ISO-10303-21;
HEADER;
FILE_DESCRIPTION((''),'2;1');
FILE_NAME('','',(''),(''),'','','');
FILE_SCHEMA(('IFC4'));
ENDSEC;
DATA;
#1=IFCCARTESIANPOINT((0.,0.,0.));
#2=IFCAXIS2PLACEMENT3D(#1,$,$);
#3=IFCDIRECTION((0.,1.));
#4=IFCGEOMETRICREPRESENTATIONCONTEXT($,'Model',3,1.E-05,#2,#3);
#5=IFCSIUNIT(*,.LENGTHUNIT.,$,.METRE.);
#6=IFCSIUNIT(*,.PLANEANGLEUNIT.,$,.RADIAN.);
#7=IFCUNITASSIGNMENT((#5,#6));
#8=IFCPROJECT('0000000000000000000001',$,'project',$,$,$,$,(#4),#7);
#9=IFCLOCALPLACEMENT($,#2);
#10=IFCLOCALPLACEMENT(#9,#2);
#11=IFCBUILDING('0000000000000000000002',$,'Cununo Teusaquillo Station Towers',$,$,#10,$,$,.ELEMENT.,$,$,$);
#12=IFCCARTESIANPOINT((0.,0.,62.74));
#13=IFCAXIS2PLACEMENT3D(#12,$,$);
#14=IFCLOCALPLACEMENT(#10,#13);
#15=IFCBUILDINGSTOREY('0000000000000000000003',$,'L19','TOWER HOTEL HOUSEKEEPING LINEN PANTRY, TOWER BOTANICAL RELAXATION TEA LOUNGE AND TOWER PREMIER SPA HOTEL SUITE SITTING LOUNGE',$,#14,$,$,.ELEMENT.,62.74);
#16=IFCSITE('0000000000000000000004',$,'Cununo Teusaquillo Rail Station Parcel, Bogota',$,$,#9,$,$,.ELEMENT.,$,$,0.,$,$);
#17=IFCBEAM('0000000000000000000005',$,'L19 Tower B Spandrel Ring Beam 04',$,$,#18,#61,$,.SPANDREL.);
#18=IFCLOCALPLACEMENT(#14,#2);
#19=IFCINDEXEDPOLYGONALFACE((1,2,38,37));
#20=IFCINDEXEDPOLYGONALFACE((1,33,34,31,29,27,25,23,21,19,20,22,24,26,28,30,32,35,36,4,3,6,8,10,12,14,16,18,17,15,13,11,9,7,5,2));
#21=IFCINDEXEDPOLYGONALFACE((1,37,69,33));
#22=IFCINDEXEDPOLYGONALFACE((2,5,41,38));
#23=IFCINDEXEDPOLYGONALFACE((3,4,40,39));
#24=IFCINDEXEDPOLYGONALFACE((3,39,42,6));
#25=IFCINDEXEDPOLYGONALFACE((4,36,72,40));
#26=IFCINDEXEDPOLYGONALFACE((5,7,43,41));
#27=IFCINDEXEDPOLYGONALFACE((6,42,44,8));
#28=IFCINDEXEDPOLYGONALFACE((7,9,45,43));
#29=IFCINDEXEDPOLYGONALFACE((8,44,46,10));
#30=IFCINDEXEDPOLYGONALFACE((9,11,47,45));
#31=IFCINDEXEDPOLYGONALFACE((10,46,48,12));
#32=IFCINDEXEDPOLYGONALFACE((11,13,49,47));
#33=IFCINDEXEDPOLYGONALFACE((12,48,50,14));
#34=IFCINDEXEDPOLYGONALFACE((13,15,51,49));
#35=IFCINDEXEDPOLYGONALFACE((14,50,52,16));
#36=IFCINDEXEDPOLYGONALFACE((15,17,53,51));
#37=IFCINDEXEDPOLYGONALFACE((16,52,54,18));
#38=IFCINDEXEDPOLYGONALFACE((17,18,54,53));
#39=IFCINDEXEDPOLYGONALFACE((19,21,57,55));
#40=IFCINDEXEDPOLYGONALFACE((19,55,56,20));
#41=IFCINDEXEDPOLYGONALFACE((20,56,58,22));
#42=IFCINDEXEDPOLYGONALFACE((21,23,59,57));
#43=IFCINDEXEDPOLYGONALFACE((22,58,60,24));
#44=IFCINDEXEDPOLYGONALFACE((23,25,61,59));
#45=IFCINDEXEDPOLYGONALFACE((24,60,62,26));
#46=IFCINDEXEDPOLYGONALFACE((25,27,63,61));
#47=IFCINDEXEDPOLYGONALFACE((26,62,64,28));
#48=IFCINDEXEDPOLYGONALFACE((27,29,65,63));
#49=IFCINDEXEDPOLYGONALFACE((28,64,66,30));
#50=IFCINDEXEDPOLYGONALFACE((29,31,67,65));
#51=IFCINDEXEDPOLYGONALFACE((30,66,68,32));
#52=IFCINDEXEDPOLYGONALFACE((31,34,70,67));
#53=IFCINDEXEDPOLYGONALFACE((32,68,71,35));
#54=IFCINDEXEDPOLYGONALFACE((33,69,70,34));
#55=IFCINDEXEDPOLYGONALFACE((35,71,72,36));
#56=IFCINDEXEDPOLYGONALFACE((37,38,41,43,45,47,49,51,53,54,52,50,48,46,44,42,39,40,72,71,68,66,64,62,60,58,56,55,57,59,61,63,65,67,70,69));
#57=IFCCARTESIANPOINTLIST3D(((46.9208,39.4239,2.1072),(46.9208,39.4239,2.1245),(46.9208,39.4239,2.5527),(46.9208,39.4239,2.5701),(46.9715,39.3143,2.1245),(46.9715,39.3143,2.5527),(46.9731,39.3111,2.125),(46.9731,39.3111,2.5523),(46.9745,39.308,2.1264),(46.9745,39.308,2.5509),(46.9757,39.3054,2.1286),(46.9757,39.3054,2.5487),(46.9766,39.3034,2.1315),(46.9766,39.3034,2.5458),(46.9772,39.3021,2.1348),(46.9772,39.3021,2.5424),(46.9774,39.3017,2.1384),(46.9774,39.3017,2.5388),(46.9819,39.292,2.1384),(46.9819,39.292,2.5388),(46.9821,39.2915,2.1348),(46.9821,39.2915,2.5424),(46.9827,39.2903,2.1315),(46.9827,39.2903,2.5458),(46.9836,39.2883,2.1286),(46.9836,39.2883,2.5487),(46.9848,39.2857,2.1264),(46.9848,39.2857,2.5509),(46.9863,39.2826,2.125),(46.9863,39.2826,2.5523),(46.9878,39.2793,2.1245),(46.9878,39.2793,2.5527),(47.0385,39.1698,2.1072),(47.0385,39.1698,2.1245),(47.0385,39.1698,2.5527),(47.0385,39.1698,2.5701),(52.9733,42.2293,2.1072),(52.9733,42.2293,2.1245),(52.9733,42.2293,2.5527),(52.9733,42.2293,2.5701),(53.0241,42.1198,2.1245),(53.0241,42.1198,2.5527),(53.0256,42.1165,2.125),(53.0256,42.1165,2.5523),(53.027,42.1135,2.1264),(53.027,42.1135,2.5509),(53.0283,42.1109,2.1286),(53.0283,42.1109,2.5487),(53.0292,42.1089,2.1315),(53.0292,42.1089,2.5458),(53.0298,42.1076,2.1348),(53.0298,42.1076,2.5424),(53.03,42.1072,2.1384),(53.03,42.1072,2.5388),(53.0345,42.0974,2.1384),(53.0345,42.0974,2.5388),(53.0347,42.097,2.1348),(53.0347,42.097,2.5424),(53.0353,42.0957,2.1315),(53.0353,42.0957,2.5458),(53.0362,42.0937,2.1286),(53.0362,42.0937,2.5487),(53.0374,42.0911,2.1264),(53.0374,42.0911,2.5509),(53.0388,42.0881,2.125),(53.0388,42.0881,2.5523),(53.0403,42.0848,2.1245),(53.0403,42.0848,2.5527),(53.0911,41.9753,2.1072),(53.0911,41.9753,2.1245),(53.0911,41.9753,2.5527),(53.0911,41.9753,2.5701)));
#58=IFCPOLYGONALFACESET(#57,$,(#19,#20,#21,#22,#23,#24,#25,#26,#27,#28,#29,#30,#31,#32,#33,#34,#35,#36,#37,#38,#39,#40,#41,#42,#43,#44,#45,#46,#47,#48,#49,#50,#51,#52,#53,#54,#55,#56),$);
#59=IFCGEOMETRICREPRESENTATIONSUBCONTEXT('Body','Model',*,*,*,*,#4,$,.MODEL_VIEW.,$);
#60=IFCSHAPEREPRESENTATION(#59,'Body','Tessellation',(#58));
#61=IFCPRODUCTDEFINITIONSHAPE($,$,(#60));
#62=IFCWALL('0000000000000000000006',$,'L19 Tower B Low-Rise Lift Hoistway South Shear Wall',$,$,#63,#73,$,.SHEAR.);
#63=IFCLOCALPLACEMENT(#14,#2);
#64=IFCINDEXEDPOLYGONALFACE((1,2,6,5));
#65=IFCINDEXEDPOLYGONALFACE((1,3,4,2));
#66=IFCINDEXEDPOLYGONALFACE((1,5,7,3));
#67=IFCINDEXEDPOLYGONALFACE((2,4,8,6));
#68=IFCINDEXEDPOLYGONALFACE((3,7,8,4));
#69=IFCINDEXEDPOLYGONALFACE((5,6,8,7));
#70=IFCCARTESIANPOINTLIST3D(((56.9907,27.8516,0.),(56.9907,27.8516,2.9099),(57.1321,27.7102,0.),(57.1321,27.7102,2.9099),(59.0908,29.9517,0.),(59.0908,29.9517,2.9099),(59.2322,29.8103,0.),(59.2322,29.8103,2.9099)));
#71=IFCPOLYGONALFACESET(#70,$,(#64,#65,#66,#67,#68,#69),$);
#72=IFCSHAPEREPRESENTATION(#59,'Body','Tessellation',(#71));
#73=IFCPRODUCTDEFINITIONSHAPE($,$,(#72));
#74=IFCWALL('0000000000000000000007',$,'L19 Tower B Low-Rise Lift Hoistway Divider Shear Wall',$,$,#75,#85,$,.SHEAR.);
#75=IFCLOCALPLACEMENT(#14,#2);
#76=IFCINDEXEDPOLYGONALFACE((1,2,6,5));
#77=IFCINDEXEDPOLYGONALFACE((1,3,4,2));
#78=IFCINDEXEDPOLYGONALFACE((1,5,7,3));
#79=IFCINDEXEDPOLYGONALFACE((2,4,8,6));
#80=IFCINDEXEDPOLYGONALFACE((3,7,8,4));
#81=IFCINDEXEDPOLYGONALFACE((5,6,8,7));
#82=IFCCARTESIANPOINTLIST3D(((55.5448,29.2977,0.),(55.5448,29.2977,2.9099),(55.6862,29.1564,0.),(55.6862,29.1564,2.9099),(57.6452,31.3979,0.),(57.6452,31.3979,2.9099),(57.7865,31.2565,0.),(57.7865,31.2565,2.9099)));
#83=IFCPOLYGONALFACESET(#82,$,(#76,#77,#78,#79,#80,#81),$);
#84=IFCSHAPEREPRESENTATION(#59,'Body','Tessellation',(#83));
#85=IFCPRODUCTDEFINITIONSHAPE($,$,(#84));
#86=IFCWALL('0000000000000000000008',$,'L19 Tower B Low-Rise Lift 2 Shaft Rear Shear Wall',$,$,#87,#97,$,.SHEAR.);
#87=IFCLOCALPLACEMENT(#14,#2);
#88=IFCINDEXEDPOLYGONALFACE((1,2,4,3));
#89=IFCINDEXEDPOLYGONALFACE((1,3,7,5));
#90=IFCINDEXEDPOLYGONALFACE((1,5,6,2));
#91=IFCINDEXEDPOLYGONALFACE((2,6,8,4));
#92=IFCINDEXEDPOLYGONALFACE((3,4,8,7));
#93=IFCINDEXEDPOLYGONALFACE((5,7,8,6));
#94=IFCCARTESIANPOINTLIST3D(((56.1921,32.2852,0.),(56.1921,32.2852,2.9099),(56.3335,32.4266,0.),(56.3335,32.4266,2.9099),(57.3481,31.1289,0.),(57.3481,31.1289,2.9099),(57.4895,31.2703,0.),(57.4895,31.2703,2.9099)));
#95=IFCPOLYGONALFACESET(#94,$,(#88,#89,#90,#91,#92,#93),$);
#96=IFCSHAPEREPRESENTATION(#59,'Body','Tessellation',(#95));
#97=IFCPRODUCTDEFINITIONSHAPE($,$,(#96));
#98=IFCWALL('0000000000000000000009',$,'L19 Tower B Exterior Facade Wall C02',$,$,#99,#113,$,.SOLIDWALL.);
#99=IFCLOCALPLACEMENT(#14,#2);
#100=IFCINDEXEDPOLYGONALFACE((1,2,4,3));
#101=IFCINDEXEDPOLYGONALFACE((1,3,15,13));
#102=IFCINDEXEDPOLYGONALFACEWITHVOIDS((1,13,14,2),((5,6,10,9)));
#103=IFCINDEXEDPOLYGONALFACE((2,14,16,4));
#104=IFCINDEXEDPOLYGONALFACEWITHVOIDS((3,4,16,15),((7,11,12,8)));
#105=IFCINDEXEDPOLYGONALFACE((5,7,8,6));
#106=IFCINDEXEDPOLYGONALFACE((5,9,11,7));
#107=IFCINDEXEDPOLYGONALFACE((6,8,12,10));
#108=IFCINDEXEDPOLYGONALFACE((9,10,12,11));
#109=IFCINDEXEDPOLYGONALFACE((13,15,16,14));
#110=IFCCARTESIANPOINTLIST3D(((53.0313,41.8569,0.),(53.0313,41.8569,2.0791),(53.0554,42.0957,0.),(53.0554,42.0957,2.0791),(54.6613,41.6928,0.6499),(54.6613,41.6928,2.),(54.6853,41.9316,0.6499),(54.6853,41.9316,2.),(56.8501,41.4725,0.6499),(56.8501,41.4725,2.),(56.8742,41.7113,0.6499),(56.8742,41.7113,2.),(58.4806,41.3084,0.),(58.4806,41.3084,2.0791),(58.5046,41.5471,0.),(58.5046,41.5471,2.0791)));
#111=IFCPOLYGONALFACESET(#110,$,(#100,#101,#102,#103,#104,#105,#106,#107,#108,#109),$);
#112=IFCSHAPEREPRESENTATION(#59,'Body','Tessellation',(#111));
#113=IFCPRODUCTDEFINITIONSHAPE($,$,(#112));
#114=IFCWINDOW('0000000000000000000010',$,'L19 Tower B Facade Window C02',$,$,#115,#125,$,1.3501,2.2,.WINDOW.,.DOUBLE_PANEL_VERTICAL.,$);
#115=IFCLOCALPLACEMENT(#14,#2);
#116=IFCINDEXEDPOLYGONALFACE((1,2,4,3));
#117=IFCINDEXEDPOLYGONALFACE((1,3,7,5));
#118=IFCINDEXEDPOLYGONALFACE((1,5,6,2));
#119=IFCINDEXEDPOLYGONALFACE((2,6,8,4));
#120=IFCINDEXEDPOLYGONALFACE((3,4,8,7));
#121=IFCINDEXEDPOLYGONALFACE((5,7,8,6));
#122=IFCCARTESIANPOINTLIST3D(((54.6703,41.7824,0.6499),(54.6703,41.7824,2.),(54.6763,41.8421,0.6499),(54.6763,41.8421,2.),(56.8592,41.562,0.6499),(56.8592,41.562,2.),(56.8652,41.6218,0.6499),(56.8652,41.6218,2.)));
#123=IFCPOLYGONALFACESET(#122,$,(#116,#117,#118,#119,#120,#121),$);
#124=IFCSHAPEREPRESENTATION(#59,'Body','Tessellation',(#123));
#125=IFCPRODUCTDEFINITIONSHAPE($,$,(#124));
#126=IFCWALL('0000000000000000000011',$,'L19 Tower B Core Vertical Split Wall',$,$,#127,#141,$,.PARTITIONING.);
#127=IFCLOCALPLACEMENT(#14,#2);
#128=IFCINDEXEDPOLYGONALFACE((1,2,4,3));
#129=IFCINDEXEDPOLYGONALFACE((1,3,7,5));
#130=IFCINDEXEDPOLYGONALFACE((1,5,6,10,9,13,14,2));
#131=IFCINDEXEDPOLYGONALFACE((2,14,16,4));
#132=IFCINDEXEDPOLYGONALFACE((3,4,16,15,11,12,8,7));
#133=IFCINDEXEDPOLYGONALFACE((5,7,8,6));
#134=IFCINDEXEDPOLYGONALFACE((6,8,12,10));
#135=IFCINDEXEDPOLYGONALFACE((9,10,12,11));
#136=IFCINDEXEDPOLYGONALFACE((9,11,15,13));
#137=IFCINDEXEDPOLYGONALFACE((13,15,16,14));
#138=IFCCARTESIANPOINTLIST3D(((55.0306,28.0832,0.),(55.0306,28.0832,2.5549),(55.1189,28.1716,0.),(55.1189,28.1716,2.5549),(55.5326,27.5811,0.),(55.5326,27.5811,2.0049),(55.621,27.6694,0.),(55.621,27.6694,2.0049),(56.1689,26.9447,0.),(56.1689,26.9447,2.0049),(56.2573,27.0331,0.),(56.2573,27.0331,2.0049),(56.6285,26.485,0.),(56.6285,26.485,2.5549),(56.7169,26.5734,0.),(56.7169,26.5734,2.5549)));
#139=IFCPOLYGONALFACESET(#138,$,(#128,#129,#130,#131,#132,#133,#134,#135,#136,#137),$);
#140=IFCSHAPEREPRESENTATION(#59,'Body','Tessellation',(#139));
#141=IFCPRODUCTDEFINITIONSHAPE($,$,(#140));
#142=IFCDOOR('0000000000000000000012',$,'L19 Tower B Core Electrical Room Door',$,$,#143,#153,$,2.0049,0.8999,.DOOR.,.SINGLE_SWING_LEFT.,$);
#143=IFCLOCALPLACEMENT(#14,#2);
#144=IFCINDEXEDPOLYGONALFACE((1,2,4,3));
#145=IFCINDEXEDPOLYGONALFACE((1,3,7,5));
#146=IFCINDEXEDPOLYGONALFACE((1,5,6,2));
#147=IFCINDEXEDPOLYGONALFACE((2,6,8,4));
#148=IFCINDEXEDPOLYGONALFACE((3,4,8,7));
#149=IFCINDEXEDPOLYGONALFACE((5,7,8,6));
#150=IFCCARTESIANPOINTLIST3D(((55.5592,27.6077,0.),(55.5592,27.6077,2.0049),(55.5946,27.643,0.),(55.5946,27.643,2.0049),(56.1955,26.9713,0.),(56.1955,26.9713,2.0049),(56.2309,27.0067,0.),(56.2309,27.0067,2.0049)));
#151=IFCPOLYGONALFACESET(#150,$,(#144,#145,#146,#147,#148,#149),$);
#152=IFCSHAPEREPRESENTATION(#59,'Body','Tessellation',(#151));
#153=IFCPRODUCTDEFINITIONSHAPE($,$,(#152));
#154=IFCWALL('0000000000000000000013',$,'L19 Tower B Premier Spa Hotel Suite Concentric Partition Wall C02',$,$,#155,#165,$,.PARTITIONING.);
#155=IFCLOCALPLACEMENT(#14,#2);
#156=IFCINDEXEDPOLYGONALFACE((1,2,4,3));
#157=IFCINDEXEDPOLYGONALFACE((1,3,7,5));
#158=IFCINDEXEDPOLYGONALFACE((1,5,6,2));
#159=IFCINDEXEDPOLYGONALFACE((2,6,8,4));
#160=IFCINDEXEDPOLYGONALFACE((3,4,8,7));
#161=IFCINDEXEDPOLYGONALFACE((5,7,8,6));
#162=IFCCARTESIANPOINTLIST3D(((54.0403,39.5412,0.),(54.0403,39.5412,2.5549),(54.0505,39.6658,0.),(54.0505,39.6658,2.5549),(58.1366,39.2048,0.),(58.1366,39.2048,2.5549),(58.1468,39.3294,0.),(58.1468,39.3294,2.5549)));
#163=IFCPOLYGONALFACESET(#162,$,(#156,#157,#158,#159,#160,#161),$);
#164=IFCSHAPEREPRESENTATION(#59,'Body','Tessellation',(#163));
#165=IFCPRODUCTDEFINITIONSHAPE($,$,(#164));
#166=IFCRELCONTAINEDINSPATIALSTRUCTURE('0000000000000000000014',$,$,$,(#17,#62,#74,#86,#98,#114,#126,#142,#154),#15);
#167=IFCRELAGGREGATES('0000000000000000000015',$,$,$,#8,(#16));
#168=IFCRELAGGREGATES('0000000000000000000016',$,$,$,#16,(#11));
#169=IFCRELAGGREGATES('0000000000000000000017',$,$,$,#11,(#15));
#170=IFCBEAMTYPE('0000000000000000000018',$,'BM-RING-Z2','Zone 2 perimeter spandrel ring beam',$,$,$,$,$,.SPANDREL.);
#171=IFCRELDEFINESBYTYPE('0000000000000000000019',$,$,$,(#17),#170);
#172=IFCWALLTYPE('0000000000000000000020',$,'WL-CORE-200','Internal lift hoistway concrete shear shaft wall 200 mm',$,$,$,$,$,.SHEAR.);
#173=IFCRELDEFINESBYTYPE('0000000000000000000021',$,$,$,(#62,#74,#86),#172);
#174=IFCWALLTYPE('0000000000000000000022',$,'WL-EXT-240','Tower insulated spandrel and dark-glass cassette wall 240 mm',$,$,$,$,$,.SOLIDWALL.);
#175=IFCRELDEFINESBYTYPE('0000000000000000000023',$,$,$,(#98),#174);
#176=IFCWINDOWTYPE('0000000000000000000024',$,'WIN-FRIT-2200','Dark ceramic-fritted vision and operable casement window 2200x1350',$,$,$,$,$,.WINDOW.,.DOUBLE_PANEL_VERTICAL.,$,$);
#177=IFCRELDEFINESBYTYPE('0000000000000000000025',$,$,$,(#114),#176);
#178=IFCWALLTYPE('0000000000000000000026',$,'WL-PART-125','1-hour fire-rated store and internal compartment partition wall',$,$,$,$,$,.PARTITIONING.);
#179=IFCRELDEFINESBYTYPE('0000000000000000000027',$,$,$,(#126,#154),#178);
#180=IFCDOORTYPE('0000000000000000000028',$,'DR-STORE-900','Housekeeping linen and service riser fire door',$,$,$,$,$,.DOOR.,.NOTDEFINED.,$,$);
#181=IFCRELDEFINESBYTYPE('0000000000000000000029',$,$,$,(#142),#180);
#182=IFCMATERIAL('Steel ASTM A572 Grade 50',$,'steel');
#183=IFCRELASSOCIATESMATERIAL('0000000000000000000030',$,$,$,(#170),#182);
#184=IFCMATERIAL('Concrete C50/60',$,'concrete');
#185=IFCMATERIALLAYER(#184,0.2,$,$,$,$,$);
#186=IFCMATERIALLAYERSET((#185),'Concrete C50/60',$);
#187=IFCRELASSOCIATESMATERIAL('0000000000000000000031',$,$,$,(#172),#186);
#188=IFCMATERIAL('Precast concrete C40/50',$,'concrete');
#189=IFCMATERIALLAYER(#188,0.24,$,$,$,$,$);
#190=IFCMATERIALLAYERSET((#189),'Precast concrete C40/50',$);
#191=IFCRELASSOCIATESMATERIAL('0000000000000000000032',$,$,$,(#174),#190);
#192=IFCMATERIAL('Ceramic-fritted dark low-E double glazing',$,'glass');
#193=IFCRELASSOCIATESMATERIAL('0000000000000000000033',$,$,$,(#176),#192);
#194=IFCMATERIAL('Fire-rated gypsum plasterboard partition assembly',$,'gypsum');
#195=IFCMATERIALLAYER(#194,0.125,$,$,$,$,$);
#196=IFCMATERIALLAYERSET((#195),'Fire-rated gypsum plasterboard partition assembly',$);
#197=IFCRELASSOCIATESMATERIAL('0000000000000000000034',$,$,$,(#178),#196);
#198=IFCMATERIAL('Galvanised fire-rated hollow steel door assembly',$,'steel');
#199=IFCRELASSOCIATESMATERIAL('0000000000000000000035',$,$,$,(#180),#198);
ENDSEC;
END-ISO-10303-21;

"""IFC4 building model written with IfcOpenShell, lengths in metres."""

from ifc_helpers import new_model, si_unit, direction, frame, frame_2d, origin, origin_2d, place, context, subcontext, project, spatial, rectangle, i_section, extrude, source, transform, mapped, material, layer, layer_set, material_profile, profile_set, type_object, element, fill, save


model = new_model("IFC4")

# Units and contexts
model_context = context("Model", 3, precision=1e-05, world=origin(), true_north=direction((0.0, 1.0)))
body_context = subcontext(model_context, "Body", "Model", "MODEL_VIEW")
ifc_project = project(units=[si_unit("LENGTHUNIT", "METRE"), si_unit("PLANEANGLEUNIT", "RADIAN")], contexts=[model_context])

# Site, building, storey
site_placement = place(None, origin())
site = spatial("IfcSite", under=ifc_project, at=site_placement, Name="Cununo Teusaquillo Rail Station Parcel, Bogota", CompositionType="ELEMENT", RefElevation=0.0)
building_placement = place(site_placement, origin())
building = spatial("IfcBuilding", under=site, at=building_placement, Name="Cununo Teusaquillo Station Towers", CompositionType="ELEMENT")
storey_placement = place(building_placement, frame((0.0, 0.0, 62.74)))
storey = spatial("IfcBuildingStorey", under=building, at=storey_placement, Name="L19", Description="TOWER HOTEL HOUSEKEEPING LINEN PANTRY, TOWER BOTANICAL RELAXATION TEA LOUNGE AND TOWER PREMIER SPA HOTEL SUITE SITTING LOUNGE", CompositionType="ELEMENT", Elevation=62.74)

# Beam
ifc_material_1 = material(Name="Steel ASTM A572 Grade 50", Category="steel")
ifc_material_profile_1 = material_profile(ifc_material_1, i_section(OverallWidth=0.28, OverallDepth=0.4629, WebThickness=0.0107, FlangeThickness=0.0173, FilletRadius=0.0139, at=origin_2d()), Name="W18X76")
ifc_profile_set_1 = profile_set([ifc_material_profile_1], Name="Steel ASTM A572 Grade 50")
beam_type_1 = type_object("IfcBeamType", Name="BM-RING-Z2", Description="Zone 2 perimeter spandrel ring beam", PredefinedType="SPANDREL", material=ifc_profile_set_1)
beam_1_placement = place(storey_placement, frame((53.0322, 42.1023, 2.3386), z_axis=(-0.907276, -0.420536, 0.0), x_axis=(0.420536, -0.907276, 0.0)))
element("IfcBeam", 1, at=beam_1_placement, inside=storey, type_object=beam_type_1, Name="L19 Tower B Spandrel Ring Beam 04", PredefinedType="SPANDREL", context=body_context, shape_type="SweptSolid", body=[
    extrude(i_section(OverallWidth=0.28, OverallDepth=0.4629, WebThickness=0.0107, FlangeThickness=0.0173, FilletRadius=0.0139, at=origin_2d()), origin(), (0.0, 0.0, 1.0), 6.6711),
])

# Walls
ifc_material_2 = material(Name="Concrete C50/60", Category="concrete")
ifc_layer_1 = layer(ifc_material_2, 0.2)
ifc_layer_set_1 = layer_set([ifc_layer_1], Name="Concrete C50/60")
wall_type_1 = type_object("IfcWallType", Name="WL-CORE-200", Description="Internal lift hoistway concrete shear shaft wall 200 mm", PredefinedType="SHEAR", material=ifc_layer_set_1)
wall_1_placement = place(storey_placement, frame((57.0615, 27.781, 0.0), z_axis=(0.0, 0.0, 1.0), x_axis=(0.707107, 0.707107, 0.0)))
element("IfcWall", 2, at=wall_1_placement, inside=storey, type_object=wall_type_1, Name="L19 Tower B Low-Rise Lift Hoistway South Shear Wall", PredefinedType="SHEAR", context=body_context, shape_type="SweptSolid", body=[
    extrude(rectangle(XDim=2.97, YDim=0.2, at=frame_2d((1.4849, 0.0))), origin(), (0.0, 0.0, 1.0), 2.9099),
])
wall_2_placement = place(storey_placement, frame((55.6155, 29.2271, 0.0), z_axis=(0.0, 0.0, 1.0), x_axis=(0.707148, 0.707066, 0.0)))
element("IfcWall", 3, at=wall_2_placement, inside=storey, type_object=wall_type_1, Name="L19 Tower B Low-Rise Lift Hoistway Divider Shear Wall", PredefinedType="SHEAR", context=body_context, shape_type="SweptSolid", body=[
    extrude(rectangle(XDim=2.9702, YDim=0.2, at=frame_2d((1.4851, 0.0))), origin(), (0.0, 0.0, 1.0), 2.9099),
])
wall_3_placement = place(storey_placement, frame((57.4187, 31.1997, 0.0), z_axis=(0.0, 0.0, 1.0), x_axis=(-0.707032, 0.707181, 0.0)))
element("IfcWall", 4, at=wall_3_placement, inside=storey, type_object=wall_type_1, Name="L19 Tower B Low-Rise Lift 2 Shaft Rear Shear Wall", PredefinedType="SHEAR", context=body_context, shape_type="SweptSolid", body=[
    extrude(rectangle(XDim=1.635, YDim=0.2, at=frame_2d((0.8174, 0.0))), origin(), (0.0, 0.0, 1.0), 2.9099),
])

# Wall, opening, window
ifc_material_3 = material(Name="Precast concrete C40/50", Category="concrete")
ifc_layer_2 = layer(ifc_material_3, 0.24)
ifc_layer_set_2 = layer_set([ifc_layer_2], Name="Precast concrete C40/50")
wall_type_2 = type_object("IfcWallType", Name="WL-EXT-240", Description="Tower insulated spandrel and dark-glass cassette wall 240 mm", PredefinedType="SOLIDWALL", material=ifc_layer_set_2)
wall_4_placement = place(storey_placement, frame((53.0435, 41.9763, 0.0), z_axis=(0.0, 0.0, 1.0), x_axis=(0.994971, -0.100166, 0.0)))
wall_4 = element("IfcWall", 5, at=wall_4_placement, inside=storey, type_object=wall_type_2, Name="L19 Tower B Exterior Facade Wall C02", PredefinedType="SOLIDWALL", context=body_context, shape_type="SweptSolid", body=[
    extrude(rectangle(XDim=5.4768, YDim=0.24, at=frame_2d((2.7383, 0.0))), origin(), (0.0, 0.0, 1.0), 2.0791),
])
shared_shape_1 = source(origin(), body_context, "Body", "SweptSolid", [
    extrude(rectangle(XDim=2.2, YDim=1.3501, at=frame_2d((1.1001, 0.675))), frame((0.0, 0.1299, 0.0), z_axis=(0.0, -1.0, 0.0), x_axis=(1.0, 0.0, 0.0)), (0.0, 0.0, 1.0), 0.26),
])
opening_1_placement = place(wall_4_placement, frame((1.6379, 0.0, 0.6499)))
opening_1 = element("IfcOpeningElement", 6, at=opening_1_placement, cuts=wall_4, PredefinedType="OPENING", context=body_context, shape_type="MappedRepresentation", body=[
    mapped(shared_shape_1, transform((0.0, 0.0, 0.0), x_axis=(1.0, 0.0, 0.0), y_axis=(0.0, 1.0, 0.0), z_axis=(0.0, 0.0, 1.0), scale=1.0)),
])
ifc_material_4 = material(Name="Ceramic-fritted dark low-E double glazing", Category="glass")
window_type = type_object("IfcWindowType", Name="WIN-FRIT-2200", Description="Dark ceramic-fritted vision and operable casement window 2200x1350", PartitioningType="DOUBLE_PANEL_VERTICAL", PredefinedType="WINDOW", material=ifc_material_4)
shared_shape_2 = source(origin(), body_context, "Body", "SweptSolid", [
    extrude(rectangle(XDim=2.2, YDim=1.3501, at=frame_2d((1.1001, 0.675))), frame((0.0, 0.03, 0.0), z_axis=(0.0, -1.0, 0.0), x_axis=(1.0, 0.0, 0.0)), (0.0, 0.0, 1.0), 0.0601),
])
window_placement = place(opening_1_placement, origin())
window = element("IfcWindow", 7, at=window_placement, inside=storey, type_object=window_type, Name="L19 Tower B Facade Window C02", OverallHeight=1.3501, OverallWidth=2.2, PartitioningType="DOUBLE_PANEL_VERTICAL", PredefinedType="WINDOW", context=body_context, shape_type="MappedRepresentation", body=[
    mapped(shared_shape_2, transform((0.0, 0.0, 0.0), x_axis=(1.0, 0.0, 0.0), y_axis=(0.0, 1.0, 0.0), z_axis=(0.0, 0.0, 1.0), scale=1.0)),
])
fill(opening_1, window)

# Wall, opening, door
ifc_material_5 = material(Name="Fire-rated gypsum plasterboard partition assembly", Category="gypsum")
ifc_layer_3 = layer(ifc_material_5, 0.125)
ifc_layer_set_3 = layer_set([ifc_layer_3], Name="Fire-rated gypsum plasterboard partition assembly")
wall_type_3 = type_object("IfcWallType", Name="WL-PART-125", Description="1-hour fire-rated store and internal compartment partition wall", PredefinedType="PARTITIONING", material=ifc_layer_set_3)
wall_5_placement = place(storey_placement, frame((56.6726, 26.5293, 0.0), z_axis=(0.0, 0.0, 1.0), x_axis=(-0.707053, 0.707161, 0.0)))
wall_5 = element("IfcWall", 8, at=wall_5_placement, inside=storey, type_object=wall_type_3, Name="L19 Tower B Core Vertical Split Wall", PredefinedType="PARTITIONING", context=body_context, shape_type="SweptSolid", body=[
    extrude(rectangle(XDim=2.26, YDim=0.125, at=frame_2d((1.1299, 0.0))), origin(), (0.0, 0.0, 1.0), 2.5549),
])
shared_shape_3 = source(origin(), body_context, "Body", "SweptSolid", [
    extrude(rectangle(XDim=0.8999, YDim=2.0049, at=frame_2d((0.45, 1.0024))), frame((0.0, 0.0725, 0.0), z_axis=(0.0, -1.0, 0.0), x_axis=(1.0, 0.0, 0.0)), (0.0, 0.0, 1.0), 0.145),
])
opening_2_placement = place(wall_5_placement, frame((0.6499, 0.0, 0.0)))
opening_2 = element("IfcOpeningElement", 9, at=opening_2_placement, cuts=wall_5, PredefinedType="OPENING", context=body_context, shape_type="MappedRepresentation", body=[
    mapped(shared_shape_3, transform((0.0, 0.0, 0.0), x_axis=(1.0, 0.0, 0.0), y_axis=(0.0, 1.0, 0.0), z_axis=(0.0, 0.0, 1.0), scale=1.0)),
])
ifc_material_6 = material(Name="Galvanised fire-rated hollow steel door assembly", Category="steel")
door_type_1 = type_object("IfcDoorType", Name="DR-STORE-900", Description="Housekeeping linen and service riser fire door", OperationType="NOTDEFINED", PredefinedType="DOOR", material=ifc_material_6)
shared_shape_4 = source(origin(), body_context, "Body", "SweptSolid", [
    extrude(rectangle(XDim=0.8999, YDim=2.0049, at=frame_2d((0.45, 1.0024))), frame((0.0, 0.0249, 0.0), z_axis=(0.0, -1.0, 0.0), x_axis=(1.0, 0.0, 0.0)), (0.0, 0.0, 1.0), 0.05),
])
door_1_placement = place(opening_2_placement, origin())
door_1 = element("IfcDoor", 10, at=door_1_placement, inside=storey, type_object=door_type_1, Name="L19 Tower B Core Electrical Room Door", OperationType="SINGLE_SWING_LEFT", OverallHeight=2.0049, OverallWidth=0.8999, PredefinedType="DOOR", context=body_context, shape_type="MappedRepresentation", body=[
    mapped(shared_shape_4, transform((0.0, 0.0, 0.0), x_axis=(1.0, 0.0, 0.0), y_axis=(0.0, 1.0, 0.0), z_axis=(0.0, 0.0, 1.0), scale=1.0)),
])
fill(opening_2, door_1)

# Wall
wall_6_placement = place(storey_placement, frame((58.1418, 39.2671, 0.0), z_axis=(0.0, 0.0, 1.0), x_axis=(-0.996645, 0.081851, 0.0)))
element("IfcWall", 11, at=wall_6_placement, inside=storey, type_object=wall_type_3, Name="L19 Tower B Premier Spa Hotel Suite Concentric Partition Wall C02", PredefinedType="PARTITIONING", context=body_context, shape_type="SweptSolid", body=[
    extrude(rectangle(XDim=4.1101, YDim=0.125, at=frame_2d((2.0552, 0.0))), origin(), (0.0, 0.0, 1.0), 2.5549),
])

save(model, "model.ifc")
